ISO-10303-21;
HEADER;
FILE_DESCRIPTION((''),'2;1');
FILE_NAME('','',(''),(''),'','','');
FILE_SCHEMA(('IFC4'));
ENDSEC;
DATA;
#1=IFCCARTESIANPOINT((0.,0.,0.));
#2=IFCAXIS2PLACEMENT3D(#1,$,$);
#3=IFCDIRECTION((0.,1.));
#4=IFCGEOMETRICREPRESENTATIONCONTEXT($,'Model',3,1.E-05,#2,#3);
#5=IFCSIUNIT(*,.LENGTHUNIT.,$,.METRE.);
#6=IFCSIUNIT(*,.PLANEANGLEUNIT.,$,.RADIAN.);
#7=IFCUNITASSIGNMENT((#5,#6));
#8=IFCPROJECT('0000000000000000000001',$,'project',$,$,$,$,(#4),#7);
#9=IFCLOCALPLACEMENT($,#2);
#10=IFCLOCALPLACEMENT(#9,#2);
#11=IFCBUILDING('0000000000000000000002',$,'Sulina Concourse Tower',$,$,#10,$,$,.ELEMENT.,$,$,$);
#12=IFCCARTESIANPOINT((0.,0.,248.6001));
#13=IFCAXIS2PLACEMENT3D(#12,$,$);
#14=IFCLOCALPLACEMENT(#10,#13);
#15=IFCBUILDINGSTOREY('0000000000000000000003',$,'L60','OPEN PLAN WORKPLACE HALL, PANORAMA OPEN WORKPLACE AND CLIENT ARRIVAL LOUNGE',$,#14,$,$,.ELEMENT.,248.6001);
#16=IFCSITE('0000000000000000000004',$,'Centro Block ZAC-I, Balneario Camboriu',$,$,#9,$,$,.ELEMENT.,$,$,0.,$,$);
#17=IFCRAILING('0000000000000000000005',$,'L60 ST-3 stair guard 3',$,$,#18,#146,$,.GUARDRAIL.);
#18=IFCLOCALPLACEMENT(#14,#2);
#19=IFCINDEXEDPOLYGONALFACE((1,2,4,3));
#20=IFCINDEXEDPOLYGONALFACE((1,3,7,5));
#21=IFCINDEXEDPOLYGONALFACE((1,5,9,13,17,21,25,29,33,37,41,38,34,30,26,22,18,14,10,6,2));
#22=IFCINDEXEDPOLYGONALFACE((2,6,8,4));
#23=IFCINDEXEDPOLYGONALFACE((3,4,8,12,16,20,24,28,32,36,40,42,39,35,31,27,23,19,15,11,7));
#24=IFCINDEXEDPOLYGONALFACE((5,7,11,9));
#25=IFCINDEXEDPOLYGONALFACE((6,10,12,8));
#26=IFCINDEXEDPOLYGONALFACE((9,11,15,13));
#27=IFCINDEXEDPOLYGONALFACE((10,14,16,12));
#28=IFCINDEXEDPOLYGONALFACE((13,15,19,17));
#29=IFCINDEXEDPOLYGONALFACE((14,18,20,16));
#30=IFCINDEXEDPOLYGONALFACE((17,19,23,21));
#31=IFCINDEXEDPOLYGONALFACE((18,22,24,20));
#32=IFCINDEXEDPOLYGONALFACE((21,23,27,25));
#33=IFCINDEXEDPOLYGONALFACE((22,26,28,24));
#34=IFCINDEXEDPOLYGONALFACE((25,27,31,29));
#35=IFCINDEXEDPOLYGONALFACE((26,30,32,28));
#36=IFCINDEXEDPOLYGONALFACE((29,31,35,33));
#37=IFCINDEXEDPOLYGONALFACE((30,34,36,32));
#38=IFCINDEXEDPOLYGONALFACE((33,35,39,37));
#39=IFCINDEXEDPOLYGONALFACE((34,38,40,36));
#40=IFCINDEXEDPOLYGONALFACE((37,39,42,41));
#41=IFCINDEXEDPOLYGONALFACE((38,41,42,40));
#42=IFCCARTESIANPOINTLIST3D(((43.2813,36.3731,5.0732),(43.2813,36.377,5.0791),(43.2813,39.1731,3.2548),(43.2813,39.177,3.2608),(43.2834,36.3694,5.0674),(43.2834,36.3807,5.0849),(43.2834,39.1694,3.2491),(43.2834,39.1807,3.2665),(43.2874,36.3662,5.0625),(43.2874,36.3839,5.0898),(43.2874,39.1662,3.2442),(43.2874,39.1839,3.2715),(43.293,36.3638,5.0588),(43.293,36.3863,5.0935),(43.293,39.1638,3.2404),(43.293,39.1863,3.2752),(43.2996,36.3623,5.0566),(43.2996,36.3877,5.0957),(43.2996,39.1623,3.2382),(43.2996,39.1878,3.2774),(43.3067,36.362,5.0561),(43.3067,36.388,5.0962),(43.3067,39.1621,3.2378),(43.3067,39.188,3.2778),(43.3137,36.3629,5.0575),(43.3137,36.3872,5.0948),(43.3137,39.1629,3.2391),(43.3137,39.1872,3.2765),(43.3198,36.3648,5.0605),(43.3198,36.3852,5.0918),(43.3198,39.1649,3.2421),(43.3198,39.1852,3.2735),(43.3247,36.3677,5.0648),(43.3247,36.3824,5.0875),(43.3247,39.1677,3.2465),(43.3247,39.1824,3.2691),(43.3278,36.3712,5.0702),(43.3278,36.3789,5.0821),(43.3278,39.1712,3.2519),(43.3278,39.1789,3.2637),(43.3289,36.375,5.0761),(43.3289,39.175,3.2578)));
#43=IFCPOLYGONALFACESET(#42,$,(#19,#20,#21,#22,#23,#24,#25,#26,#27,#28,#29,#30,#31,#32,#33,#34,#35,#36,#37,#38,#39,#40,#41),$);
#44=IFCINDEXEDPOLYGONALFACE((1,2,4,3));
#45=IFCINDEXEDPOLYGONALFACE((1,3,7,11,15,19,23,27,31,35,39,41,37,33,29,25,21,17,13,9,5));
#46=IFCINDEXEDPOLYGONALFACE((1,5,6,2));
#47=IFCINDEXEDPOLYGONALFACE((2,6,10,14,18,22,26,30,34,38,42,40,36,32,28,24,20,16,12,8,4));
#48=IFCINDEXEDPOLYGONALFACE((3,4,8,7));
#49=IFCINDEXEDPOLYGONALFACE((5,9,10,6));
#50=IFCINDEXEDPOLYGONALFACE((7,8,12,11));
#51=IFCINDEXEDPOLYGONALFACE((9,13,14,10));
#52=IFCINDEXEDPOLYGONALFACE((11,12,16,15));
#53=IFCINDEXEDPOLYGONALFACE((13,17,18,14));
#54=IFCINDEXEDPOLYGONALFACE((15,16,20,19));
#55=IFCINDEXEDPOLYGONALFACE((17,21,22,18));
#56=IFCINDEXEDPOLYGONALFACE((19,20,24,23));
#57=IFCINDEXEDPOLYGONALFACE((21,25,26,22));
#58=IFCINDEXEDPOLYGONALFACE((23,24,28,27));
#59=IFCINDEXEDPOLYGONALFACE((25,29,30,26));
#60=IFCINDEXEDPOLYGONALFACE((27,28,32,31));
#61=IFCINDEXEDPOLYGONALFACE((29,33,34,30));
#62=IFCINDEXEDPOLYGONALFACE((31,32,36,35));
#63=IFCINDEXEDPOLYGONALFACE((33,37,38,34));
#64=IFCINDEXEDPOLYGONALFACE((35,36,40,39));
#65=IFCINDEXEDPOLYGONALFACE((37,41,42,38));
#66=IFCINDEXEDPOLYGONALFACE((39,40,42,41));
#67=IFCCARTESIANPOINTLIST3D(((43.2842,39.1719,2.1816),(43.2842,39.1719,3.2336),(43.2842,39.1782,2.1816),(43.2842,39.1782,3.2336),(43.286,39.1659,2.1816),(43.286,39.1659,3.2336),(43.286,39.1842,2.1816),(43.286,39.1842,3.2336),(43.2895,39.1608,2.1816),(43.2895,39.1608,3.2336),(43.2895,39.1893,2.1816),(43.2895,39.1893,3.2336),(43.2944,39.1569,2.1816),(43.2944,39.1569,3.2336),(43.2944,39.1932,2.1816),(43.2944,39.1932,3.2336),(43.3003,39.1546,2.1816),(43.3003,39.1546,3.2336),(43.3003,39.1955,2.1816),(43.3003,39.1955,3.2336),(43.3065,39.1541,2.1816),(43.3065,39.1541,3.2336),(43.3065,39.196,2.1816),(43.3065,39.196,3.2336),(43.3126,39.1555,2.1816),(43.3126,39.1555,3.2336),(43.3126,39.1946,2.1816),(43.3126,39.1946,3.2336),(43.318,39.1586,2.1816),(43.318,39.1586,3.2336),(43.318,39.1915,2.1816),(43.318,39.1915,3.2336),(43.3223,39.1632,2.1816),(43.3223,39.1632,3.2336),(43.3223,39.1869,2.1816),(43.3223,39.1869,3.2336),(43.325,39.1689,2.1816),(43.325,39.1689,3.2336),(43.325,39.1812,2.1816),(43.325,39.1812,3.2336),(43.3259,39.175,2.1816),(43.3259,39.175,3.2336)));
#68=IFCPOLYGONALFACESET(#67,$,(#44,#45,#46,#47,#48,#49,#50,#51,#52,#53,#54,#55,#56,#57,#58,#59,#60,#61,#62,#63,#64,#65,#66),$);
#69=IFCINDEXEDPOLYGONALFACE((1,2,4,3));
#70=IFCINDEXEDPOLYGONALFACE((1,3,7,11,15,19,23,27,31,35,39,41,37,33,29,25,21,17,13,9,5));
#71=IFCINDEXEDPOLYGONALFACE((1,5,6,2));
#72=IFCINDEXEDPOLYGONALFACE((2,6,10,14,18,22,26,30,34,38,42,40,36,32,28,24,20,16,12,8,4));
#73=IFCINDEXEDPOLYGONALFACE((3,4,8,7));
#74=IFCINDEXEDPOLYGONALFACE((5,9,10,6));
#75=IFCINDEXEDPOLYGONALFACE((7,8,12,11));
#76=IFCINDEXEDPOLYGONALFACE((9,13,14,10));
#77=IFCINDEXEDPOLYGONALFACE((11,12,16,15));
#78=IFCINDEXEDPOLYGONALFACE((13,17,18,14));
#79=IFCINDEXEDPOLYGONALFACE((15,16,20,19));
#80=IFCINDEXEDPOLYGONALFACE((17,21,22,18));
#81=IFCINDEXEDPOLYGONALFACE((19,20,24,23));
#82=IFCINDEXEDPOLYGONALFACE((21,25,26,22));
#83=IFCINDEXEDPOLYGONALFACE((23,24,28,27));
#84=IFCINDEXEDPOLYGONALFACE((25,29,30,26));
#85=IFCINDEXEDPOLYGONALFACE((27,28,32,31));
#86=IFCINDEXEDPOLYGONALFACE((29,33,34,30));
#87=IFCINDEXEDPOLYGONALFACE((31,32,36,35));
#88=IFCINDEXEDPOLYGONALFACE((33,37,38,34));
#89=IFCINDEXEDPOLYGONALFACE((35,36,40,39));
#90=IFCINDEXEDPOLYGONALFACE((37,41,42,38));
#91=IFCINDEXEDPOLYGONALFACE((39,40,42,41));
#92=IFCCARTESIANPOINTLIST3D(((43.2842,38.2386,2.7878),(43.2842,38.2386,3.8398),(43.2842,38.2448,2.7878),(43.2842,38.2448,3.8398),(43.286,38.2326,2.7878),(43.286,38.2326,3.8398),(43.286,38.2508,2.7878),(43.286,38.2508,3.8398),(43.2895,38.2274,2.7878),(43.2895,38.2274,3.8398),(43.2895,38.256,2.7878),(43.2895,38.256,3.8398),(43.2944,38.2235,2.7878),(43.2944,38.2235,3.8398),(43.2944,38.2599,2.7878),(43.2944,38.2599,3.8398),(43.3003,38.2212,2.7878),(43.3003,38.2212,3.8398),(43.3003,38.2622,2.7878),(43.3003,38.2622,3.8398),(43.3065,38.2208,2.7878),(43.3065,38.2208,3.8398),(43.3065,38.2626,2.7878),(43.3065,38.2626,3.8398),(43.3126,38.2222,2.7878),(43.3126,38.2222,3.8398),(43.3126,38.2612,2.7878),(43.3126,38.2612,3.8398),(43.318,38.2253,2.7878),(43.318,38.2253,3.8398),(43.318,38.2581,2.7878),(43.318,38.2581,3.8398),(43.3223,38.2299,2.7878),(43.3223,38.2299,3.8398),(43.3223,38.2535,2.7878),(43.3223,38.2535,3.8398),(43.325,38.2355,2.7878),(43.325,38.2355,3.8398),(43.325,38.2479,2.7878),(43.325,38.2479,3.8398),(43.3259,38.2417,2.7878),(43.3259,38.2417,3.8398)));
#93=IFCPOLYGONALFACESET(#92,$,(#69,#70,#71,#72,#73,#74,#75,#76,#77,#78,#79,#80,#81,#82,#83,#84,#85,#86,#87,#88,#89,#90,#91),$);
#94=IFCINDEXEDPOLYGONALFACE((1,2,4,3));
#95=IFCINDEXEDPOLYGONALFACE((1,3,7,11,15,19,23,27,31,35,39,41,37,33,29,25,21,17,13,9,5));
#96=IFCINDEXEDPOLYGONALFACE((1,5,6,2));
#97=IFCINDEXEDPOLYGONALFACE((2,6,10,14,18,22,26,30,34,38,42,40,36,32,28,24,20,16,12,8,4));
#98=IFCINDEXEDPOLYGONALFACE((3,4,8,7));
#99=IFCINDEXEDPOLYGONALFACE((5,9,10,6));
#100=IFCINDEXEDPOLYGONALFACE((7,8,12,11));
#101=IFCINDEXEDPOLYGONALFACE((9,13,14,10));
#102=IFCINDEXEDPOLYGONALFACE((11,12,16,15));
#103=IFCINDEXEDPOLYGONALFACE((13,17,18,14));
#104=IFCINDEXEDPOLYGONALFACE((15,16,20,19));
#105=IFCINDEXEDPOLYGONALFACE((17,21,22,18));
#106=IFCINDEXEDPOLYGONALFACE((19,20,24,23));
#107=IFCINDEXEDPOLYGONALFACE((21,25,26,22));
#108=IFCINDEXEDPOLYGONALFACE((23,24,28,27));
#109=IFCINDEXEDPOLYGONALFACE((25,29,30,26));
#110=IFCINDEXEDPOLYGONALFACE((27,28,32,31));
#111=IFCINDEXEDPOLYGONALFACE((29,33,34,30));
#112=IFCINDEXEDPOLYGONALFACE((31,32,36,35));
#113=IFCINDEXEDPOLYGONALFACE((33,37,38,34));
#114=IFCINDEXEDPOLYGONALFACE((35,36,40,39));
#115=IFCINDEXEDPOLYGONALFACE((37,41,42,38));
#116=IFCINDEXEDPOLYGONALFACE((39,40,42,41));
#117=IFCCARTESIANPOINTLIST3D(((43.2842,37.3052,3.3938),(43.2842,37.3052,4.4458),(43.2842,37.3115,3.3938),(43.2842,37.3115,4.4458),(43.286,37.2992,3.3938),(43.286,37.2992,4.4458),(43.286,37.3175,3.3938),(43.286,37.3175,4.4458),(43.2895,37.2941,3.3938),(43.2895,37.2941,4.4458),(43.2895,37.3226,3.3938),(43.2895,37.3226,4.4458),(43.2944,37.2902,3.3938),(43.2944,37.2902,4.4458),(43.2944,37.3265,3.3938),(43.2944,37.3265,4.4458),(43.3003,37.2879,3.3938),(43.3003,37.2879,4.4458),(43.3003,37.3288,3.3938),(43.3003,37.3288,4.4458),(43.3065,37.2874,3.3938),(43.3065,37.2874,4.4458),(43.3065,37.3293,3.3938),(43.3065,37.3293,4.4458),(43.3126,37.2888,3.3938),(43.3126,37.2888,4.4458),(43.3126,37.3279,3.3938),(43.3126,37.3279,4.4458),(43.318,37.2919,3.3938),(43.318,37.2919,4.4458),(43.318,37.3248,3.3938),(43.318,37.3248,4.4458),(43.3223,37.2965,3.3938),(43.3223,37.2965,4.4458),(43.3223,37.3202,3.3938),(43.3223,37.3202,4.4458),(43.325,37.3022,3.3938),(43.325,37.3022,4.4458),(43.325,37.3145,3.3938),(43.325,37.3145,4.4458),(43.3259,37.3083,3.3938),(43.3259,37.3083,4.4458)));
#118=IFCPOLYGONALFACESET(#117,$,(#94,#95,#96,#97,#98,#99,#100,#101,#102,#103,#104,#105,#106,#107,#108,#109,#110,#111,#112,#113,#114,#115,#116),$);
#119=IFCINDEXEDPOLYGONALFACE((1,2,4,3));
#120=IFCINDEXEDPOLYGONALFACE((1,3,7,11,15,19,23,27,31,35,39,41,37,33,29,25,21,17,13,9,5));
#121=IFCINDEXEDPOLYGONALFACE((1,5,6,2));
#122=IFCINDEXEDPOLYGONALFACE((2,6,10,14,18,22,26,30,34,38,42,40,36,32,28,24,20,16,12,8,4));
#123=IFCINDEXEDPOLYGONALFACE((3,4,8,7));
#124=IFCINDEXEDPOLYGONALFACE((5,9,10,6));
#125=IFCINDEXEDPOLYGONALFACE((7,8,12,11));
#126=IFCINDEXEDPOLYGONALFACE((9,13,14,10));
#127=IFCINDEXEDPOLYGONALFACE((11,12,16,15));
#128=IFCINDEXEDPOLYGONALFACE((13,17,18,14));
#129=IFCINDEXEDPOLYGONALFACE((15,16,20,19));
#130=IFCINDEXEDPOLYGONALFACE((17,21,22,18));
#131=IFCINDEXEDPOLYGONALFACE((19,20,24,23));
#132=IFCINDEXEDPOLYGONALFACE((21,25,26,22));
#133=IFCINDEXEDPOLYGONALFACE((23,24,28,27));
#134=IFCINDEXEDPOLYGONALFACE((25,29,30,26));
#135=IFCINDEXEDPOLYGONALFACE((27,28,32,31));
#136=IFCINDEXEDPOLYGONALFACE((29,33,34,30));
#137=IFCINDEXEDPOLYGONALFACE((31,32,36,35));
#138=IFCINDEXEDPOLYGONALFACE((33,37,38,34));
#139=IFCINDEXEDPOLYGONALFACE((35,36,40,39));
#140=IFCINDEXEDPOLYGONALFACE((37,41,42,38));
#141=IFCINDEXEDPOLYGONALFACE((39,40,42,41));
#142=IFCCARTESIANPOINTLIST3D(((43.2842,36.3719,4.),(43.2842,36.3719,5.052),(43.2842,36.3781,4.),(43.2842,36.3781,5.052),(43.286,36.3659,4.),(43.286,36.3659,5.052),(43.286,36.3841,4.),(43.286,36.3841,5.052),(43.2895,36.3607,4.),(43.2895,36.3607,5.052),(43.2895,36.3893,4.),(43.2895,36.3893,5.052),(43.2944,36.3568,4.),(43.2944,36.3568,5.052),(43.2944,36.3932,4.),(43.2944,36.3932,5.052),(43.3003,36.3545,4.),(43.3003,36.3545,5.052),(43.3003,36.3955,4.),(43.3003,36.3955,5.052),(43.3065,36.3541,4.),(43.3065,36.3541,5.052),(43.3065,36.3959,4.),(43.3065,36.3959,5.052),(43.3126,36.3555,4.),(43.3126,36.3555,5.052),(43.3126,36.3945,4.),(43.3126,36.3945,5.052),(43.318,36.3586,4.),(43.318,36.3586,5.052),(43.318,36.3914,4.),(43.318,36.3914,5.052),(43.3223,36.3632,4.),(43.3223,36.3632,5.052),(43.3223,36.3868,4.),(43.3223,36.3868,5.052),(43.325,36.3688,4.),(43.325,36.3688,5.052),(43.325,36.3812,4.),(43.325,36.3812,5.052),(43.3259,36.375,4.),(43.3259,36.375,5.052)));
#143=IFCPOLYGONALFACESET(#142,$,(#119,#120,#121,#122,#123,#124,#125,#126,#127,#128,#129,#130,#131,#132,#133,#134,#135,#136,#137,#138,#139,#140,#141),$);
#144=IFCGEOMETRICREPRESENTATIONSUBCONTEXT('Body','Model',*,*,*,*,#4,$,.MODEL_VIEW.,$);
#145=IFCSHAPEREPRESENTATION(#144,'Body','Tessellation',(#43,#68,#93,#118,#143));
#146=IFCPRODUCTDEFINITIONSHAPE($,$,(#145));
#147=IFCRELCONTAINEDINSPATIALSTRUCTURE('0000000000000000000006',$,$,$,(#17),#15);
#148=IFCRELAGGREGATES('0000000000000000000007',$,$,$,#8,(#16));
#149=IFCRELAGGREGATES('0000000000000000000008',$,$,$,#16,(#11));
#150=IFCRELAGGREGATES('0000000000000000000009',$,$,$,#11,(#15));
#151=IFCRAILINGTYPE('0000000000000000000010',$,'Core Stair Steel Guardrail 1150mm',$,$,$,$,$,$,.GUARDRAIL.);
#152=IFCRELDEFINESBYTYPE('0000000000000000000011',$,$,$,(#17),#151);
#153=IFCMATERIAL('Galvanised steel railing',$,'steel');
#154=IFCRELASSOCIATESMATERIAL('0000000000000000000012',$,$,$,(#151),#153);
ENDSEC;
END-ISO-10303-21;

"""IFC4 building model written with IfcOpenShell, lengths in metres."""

from ifc_helpers import new_model, si_unit, direction, frame, origin, origin_2d, place, context, subcontext, project, spatial, circle, extrude, material, type_object, element, save


model = new_model("IFC4")

# Units and contexts
model_context = context("Model", 3, precision=1e-05, world=origin(), true_north=direction((0.0, 1.0)))
body_context = subcontext(model_context, "Body", "Model", "MODEL_VIEW")
ifc_project = project(units=[si_unit("LENGTHUNIT", "METRE"), si_unit("PLANEANGLEUNIT", "RADIAN")], contexts=[model_context])

# Site, building, storey
site_placement = place(None, origin())
site = spatial("IfcSite", under=ifc_project, at=site_placement, Name="Centro Block ZAC-I, Balneario Camboriu", CompositionType="ELEMENT", RefElevation=0.0)
building_placement = place(site_placement, origin())
building = spatial("IfcBuilding", under=site, at=building_placement, Name="Sulina Concourse Tower", CompositionType="ELEMENT")
storey_placement = place(building_placement, frame((0.0, 0.0, 248.6001)))
storey = spatial("IfcBuildingStorey", under=building, at=storey_placement, Name="L60", Description="OPEN PLAN WORKPLACE HALL, PANORAMA OPEN WORKPLACE AND CLIENT ARRIVAL LOUNGE", CompositionType="ELEMENT", Elevation=248.6001)

# Railing
ifc_material_1 = material(Name="Galvanised steel railing", Category="steel")
railing_type_1 = type_object("IfcRailingType", Name="Core Stair Steel Guardrail 1150mm", PredefinedType="GUARDRAIL", material=ifc_material_1)
railing_1_placement = place(storey_placement, frame((43.3049, 39.175, 2.1816)))
element("IfcRailing", 1, at=railing_1_placement, inside=storey, type_object=railing_type_1, Name="L60 ST-3 stair guard 3", PredefinedType="GUARDRAIL", context=body_context, shape_type="SweptSolid", body=[
    extrude(circle(Radius=0.0239, at=origin_2d()), frame((0.0, 0.0, 1.0762), z_axis=(0.0, -0.838672, 0.544636), x_axis=(1.0, 0.0, 0.0)), (0.0, 0.0, 1.0), 3.3386),
    extrude(circle(Radius=0.021, at=origin_2d()), origin(), (0.0, 0.0, 1.0), 1.052),
    extrude(circle(Radius=0.021, at=origin_2d()), frame((0.0, -0.9333, 0.6062)), (0.0, 0.0, 1.0), 1.052),
    extrude(circle(Radius=0.021, at=origin_2d()), frame((0.0, -1.8667, 1.2122)), (0.0, 0.0, 1.0), 1.052),
    extrude(circle(Radius=0.021, at=origin_2d()), frame((0.0, -2.8, 1.8184)), (0.0, 0.0, 1.0), 1.052),
])

save(model, "model.ifc")
